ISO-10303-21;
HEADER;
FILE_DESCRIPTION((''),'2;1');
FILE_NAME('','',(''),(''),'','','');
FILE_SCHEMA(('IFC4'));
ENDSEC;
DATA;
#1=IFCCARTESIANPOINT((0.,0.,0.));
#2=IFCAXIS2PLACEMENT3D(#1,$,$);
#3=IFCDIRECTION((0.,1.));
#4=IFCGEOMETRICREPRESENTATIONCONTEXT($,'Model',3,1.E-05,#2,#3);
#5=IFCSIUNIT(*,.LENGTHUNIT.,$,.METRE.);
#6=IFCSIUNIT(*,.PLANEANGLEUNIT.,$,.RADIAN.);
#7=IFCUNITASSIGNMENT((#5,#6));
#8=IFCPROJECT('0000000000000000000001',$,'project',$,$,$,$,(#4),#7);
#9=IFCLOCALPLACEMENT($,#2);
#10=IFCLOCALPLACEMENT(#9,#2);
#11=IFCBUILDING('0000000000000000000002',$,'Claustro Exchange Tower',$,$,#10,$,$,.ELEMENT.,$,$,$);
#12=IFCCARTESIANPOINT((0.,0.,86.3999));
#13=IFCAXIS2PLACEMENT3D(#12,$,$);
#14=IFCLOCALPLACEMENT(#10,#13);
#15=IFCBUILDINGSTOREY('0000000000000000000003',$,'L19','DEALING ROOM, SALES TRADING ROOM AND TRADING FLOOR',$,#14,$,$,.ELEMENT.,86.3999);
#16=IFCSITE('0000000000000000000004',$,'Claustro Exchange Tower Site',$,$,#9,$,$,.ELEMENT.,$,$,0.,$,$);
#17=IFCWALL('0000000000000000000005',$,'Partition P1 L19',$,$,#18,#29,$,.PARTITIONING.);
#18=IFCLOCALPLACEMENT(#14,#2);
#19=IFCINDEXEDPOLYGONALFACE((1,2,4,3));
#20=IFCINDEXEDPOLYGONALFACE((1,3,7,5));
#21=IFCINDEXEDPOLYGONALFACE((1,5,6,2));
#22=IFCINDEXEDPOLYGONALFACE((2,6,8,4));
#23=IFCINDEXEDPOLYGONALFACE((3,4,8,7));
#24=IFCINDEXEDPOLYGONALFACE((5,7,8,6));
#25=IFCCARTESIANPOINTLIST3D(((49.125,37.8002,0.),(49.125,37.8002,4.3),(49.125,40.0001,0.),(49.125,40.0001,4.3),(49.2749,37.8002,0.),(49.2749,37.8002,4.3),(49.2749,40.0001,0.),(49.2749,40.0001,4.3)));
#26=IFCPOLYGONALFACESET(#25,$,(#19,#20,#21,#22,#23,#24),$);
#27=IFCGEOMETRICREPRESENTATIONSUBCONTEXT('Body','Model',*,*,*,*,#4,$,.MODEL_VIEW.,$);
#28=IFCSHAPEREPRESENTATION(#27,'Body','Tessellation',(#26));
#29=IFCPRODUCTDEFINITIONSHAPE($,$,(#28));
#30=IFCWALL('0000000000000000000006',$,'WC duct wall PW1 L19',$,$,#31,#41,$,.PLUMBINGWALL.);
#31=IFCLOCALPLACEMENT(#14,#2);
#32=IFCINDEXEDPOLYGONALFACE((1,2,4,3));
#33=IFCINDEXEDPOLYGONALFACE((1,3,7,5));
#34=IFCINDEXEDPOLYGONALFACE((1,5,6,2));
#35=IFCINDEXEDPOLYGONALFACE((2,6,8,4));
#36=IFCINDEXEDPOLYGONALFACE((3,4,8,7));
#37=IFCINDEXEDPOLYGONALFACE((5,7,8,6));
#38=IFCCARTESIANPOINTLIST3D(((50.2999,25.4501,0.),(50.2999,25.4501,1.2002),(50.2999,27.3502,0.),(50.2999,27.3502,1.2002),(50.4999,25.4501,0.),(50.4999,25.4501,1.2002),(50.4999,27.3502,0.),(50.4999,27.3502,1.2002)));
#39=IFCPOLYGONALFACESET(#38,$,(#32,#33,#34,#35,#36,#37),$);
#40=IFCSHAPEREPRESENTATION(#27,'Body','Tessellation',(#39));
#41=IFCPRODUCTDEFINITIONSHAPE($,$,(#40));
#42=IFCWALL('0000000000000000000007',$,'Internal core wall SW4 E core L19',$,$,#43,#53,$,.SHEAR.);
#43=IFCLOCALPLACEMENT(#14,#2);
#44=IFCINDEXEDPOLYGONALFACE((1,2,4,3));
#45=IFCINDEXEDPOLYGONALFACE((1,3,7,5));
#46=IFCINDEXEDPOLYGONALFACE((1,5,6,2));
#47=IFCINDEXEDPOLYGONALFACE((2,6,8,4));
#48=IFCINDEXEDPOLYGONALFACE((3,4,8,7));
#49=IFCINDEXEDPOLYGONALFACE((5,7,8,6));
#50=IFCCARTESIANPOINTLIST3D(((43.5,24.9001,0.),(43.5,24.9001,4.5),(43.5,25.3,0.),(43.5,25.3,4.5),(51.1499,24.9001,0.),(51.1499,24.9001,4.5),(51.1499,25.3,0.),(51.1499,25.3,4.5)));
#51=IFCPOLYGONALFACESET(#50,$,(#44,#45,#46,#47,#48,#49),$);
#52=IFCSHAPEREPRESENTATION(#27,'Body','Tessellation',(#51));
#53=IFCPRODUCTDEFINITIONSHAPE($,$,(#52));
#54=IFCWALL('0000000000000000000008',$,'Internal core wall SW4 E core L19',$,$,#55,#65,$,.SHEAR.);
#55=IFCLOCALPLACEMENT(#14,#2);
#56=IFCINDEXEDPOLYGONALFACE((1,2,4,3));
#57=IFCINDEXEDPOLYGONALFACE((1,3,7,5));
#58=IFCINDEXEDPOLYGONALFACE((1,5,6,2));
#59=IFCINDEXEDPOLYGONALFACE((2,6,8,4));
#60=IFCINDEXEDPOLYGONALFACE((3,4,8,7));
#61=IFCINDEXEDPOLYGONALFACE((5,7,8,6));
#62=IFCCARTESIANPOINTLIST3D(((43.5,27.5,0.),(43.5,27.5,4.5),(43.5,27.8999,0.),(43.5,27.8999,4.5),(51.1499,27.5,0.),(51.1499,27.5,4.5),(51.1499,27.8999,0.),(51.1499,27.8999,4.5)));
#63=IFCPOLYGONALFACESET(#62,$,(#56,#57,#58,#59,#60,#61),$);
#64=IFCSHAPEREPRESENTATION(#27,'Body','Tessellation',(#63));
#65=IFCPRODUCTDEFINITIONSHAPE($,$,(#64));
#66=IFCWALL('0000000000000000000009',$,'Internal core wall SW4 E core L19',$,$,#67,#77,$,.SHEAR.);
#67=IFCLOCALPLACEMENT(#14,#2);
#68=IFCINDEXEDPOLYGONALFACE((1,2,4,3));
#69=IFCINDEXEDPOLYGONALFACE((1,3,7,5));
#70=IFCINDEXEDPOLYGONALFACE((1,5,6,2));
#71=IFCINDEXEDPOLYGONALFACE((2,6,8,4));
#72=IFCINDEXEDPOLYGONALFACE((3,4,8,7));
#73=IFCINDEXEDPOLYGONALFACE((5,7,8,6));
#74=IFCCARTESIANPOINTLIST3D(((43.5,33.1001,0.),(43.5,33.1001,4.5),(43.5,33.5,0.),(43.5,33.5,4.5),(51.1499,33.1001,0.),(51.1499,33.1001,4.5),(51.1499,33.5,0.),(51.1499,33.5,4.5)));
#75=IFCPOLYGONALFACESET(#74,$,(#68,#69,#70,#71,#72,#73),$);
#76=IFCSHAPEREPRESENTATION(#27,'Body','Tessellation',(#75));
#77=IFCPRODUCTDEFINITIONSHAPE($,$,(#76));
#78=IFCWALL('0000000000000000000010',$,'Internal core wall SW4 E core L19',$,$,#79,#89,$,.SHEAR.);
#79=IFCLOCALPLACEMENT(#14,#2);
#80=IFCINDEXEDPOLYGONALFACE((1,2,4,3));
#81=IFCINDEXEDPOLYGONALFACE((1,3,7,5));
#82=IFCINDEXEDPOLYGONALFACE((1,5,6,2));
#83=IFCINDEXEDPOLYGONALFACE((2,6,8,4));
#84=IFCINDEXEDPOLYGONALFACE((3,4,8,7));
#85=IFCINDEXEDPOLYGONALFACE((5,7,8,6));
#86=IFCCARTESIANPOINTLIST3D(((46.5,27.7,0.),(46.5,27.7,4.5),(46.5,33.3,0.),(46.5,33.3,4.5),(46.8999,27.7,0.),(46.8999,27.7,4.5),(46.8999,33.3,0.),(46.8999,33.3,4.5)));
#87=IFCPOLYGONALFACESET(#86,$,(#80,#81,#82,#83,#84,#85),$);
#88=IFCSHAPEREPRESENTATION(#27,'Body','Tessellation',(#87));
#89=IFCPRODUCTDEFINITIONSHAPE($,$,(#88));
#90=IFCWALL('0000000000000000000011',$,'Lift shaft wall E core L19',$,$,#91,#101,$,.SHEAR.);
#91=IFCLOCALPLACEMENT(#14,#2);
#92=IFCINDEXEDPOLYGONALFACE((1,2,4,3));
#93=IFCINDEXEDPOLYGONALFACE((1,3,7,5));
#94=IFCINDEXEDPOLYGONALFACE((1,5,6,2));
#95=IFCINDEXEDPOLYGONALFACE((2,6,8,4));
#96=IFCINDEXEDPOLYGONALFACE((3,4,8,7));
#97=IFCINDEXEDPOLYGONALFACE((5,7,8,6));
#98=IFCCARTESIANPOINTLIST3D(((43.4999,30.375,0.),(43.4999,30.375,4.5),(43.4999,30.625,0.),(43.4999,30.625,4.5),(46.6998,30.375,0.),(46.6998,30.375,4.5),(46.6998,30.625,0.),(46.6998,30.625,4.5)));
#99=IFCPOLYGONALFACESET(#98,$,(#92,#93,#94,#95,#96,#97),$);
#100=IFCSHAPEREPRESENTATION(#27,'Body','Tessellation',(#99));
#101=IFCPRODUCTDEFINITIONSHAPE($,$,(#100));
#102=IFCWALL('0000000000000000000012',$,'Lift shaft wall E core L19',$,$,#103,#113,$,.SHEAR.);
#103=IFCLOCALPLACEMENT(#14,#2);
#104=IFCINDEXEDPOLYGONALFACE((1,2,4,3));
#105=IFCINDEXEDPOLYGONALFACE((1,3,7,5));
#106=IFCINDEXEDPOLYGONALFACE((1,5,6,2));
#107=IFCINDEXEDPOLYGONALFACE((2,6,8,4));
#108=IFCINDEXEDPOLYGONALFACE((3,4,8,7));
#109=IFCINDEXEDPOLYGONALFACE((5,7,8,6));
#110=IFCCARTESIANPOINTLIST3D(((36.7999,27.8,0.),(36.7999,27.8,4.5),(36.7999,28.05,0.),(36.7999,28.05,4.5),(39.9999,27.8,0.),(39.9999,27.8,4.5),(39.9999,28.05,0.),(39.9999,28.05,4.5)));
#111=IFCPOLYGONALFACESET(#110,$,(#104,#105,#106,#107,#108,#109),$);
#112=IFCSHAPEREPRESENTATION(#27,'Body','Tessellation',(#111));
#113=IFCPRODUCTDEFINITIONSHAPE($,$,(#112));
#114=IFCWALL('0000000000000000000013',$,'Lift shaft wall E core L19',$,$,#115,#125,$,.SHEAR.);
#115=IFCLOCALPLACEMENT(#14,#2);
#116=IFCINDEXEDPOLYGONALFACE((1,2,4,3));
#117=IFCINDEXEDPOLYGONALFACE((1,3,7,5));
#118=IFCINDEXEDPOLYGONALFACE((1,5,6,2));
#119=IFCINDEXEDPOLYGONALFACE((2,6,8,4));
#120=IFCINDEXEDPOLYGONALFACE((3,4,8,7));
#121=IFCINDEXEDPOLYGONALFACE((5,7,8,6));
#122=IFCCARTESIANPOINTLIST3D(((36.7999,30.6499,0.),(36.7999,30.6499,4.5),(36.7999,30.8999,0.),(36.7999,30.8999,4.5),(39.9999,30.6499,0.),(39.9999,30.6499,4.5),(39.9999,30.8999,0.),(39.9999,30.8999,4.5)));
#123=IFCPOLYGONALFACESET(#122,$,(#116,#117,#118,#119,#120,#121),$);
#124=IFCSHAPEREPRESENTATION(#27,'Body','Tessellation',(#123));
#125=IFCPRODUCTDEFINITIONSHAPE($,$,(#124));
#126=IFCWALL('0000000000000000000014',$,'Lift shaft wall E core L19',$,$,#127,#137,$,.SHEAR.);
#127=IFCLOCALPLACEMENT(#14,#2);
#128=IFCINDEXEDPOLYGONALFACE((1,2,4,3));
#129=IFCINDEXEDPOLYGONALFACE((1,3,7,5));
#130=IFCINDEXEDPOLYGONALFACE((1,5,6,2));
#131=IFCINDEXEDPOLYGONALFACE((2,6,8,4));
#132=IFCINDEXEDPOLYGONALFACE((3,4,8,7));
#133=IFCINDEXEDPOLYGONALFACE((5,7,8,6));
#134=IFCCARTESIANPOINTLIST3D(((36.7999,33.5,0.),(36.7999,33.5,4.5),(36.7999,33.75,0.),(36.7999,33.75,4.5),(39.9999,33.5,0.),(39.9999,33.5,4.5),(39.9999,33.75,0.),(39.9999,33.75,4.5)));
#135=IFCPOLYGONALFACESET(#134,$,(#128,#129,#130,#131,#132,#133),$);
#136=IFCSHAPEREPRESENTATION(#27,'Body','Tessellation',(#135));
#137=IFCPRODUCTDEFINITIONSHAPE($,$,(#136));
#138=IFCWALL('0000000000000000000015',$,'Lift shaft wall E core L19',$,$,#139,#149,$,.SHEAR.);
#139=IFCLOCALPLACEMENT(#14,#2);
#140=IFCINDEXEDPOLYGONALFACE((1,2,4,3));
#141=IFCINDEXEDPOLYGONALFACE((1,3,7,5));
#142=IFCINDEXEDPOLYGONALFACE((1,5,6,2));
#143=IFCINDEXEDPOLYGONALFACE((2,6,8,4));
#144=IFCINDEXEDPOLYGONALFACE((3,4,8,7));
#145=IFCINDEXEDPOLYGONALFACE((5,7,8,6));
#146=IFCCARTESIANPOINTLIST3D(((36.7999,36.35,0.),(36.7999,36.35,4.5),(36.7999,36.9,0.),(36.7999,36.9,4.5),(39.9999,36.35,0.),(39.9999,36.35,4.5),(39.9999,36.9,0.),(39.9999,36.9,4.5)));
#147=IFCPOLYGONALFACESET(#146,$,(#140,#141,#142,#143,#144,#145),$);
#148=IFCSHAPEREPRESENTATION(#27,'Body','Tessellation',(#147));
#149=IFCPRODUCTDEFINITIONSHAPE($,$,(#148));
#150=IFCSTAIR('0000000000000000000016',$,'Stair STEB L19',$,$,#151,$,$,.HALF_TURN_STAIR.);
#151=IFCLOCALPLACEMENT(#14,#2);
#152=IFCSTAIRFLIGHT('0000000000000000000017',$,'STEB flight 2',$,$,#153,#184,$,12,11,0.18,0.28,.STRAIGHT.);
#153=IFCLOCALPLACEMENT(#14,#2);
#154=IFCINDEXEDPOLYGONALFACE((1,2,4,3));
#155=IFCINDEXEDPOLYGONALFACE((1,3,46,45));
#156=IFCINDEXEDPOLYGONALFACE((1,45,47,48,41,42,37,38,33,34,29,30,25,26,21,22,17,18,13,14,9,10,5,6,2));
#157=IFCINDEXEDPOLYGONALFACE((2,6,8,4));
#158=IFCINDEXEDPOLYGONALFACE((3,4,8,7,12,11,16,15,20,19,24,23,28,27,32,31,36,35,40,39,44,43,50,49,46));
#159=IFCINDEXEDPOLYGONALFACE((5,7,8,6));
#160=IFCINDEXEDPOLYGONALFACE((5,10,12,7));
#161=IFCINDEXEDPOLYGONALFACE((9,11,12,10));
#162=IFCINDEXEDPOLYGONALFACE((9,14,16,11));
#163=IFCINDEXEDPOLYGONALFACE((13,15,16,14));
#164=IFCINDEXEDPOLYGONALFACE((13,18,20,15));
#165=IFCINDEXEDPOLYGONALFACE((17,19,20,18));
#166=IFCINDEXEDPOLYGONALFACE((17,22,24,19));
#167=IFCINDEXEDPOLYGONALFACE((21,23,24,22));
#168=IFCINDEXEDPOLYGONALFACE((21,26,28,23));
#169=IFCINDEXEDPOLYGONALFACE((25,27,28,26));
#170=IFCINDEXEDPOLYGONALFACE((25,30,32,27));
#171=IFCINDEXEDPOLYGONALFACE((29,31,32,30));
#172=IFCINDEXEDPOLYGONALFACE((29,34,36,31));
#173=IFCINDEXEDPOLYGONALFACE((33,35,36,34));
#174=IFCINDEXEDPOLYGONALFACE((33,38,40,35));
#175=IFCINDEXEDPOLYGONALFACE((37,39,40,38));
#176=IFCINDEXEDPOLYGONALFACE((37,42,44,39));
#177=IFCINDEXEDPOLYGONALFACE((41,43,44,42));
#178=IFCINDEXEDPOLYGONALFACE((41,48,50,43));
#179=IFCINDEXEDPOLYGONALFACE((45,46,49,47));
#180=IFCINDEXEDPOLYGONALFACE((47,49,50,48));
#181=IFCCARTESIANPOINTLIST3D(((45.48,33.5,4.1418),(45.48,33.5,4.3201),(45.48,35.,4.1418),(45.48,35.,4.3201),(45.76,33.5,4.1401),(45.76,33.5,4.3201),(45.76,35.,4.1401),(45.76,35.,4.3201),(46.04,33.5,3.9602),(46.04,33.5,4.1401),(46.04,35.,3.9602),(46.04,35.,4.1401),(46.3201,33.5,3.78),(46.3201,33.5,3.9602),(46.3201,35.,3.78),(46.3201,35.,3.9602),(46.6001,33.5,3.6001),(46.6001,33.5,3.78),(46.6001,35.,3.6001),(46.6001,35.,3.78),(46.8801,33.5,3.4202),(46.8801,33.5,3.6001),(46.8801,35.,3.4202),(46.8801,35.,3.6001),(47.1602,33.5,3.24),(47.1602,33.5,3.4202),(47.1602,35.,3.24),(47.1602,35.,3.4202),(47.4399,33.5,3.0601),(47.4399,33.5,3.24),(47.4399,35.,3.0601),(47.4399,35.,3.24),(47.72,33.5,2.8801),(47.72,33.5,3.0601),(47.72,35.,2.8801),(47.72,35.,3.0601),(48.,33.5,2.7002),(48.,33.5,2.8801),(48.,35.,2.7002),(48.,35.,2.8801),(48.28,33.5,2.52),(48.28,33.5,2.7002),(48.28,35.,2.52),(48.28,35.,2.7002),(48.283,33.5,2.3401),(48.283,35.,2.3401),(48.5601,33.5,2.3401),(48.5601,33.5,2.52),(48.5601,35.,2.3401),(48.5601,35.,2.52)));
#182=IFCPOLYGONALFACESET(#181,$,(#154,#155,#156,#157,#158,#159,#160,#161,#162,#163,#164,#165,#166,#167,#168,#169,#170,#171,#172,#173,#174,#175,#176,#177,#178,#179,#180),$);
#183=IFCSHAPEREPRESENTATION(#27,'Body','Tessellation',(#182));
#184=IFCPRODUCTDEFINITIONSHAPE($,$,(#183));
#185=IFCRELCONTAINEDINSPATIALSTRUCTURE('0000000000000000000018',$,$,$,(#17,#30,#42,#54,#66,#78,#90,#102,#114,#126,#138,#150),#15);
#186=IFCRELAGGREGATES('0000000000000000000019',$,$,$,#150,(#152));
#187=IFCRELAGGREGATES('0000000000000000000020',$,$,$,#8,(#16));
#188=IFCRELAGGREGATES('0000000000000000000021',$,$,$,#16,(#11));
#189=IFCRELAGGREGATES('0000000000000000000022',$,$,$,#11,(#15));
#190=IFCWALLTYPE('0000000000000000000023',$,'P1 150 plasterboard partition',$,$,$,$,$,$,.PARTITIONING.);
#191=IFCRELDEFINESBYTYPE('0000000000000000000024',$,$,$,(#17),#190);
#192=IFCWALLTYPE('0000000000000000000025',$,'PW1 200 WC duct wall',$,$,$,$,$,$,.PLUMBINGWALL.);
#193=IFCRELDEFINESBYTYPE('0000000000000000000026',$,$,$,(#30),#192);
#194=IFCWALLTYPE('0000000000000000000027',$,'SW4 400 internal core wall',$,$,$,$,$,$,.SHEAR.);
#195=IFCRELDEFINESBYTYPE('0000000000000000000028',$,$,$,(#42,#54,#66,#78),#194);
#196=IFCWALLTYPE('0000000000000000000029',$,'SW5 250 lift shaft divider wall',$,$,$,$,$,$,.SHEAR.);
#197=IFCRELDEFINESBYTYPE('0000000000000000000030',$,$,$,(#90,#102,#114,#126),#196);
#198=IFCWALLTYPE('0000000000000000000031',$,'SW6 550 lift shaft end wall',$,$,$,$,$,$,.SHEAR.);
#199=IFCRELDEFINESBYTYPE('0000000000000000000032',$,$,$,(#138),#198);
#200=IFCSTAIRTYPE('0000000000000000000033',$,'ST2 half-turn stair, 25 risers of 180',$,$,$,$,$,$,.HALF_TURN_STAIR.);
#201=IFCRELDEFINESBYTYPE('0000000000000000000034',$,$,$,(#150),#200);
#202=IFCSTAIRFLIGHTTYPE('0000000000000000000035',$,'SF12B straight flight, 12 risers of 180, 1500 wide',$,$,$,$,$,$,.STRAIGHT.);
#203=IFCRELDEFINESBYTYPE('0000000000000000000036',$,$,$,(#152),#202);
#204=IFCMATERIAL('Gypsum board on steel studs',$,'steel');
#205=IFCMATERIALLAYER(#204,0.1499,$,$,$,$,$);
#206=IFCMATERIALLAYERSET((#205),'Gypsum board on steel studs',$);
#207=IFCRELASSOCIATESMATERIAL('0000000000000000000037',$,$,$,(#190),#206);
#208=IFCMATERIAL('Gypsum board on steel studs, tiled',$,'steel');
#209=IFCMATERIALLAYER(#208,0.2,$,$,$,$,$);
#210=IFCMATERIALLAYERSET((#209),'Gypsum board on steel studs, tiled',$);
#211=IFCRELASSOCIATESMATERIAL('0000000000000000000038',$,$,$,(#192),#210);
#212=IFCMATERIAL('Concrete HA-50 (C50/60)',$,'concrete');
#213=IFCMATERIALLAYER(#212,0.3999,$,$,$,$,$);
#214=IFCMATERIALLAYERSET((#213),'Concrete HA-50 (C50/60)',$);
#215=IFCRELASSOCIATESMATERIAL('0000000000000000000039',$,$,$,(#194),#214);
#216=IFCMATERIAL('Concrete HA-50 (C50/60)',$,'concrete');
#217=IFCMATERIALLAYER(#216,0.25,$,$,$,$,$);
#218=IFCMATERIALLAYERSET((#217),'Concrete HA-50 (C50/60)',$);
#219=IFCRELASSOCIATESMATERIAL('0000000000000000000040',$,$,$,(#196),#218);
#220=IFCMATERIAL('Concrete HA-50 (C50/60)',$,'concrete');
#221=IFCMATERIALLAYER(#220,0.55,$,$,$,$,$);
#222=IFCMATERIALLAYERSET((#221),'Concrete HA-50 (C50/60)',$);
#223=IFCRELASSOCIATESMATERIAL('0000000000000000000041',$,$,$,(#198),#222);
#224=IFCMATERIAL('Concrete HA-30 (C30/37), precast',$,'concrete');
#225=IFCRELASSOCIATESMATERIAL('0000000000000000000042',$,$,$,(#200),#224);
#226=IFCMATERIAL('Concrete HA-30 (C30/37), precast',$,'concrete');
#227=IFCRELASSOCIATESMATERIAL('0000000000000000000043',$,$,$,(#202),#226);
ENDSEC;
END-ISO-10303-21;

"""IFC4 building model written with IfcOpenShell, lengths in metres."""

from ifc_helpers import new_model, si_unit, direction, frame, frame_2d, origin, place, context, subcontext, project, spatial, polyline, rectangle, outline, extrude, material, layer, layer_set, type_object, element, aggregate, save


model = new_model("IFC4")

# Units and contexts
model_context = context("Model", 3, precision=1e-05, world=origin(), true_north=direction((0.0, 1.0)))
body_context = subcontext(model_context, "Body", "Model", "MODEL_VIEW")
ifc_project = project(units=[si_unit("LENGTHUNIT", "METRE"), si_unit("PLANEANGLEUNIT", "RADIAN")], contexts=[model_context])

# Site, building, storey
site_placement = place(None, origin())
site = spatial("IfcSite", under=ifc_project, at=site_placement, Name="Claustro Exchange Tower Site", CompositionType="ELEMENT", RefElevation=0.0)
building_placement = place(site_placement, origin())
building = spatial("IfcBuilding", under=site, at=building_placement, Name="Claustro Exchange Tower", CompositionType="ELEMENT")
storey_placement = place(building_placement, frame((0.0, 0.0, 86.3999)))
storey = spatial("IfcBuildingStorey", under=building, at=storey_placement, Name="L19", Description="DEALING ROOM, SALES TRADING ROOM AND TRADING FLOOR", CompositionType="ELEMENT", Elevation=86.3999)

# Walls
ifc_material_1 = material(Name="Gypsum board on steel studs", Category="steel")
ifc_layer_1 = layer(ifc_material_1, 0.1499)
ifc_layer_set_1 = layer_set([ifc_layer_1], Name="Gypsum board on steel studs")
wall_type_1 = type_object("IfcWallType", Name="P1 150 plasterboard partition", PredefinedType="PARTITIONING", material=ifc_layer_set_1)
wall_1_placement = place(storey_placement, frame((49.2, 37.8, 0.0), z_axis=(0.0, 0.0, 1.0), x_axis=(0.0, 1.0, 0.0)))
element("IfcWall", 1, at=wall_1_placement, inside=storey, type_object=wall_type_1, Name="Partition P1 L19", PredefinedType="PARTITIONING", context=body_context, shape_type="SweptSolid", body=[
    extrude(rectangle(XDim=2.2, YDim=0.1499, at=frame_2d((1.1001, 0.0))), origin(), (0.0, 0.0, 1.0), 4.3),
])
ifc_material_2 = material(Name="Gypsum board on steel studs, tiled", Category="steel")
ifc_layer_2 = layer(ifc_material_2, 0.2)
ifc_layer_set_2 = layer_set([ifc_layer_2], Name="Gypsum board on steel studs, tiled")
wall_type_2 = type_object("IfcWallType", Name="PW1 200 WC duct wall", PredefinedType="PLUMBINGWALL", material=ifc_layer_set_2)
wall_2_placement = place(storey_placement, frame((50.3999, 25.45, 0.0), z_axis=(0.0, 0.0, 1.0), x_axis=(0.0, 1.0, 0.0)))
element("IfcWall", 2, at=wall_2_placement, inside=storey, type_object=wall_type_2, Name="WC duct wall PW1 L19", PredefinedType="PLUMBINGWALL", context=body_context, shape_type="SweptSolid", body=[
    extrude(rectangle(XDim=1.9001, YDim=0.2, at=frame_2d((0.9502, 0.0))), origin(), (0.0, 0.0, 1.0), 1.2002),
])
ifc_material_3 = material(Name="Concrete HA-50 (C50/60)", Category="concrete")
ifc_layer_3 = layer(ifc_material_3, 0.3999)
ifc_layer_set_3 = layer_set([ifc_layer_3], Name="Concrete HA-50 (C50/60)")
wall_type_3 = type_object("IfcWallType", Name="SW4 400 internal core wall", PredefinedType="SHEAR", material=ifc_layer_set_3)
for number, where, z_axis, x_axis, name in (
    (3, (51.1499, 25.1001, 0.0), (0.0, 0.0, 1.0), (-1.0, 0.0, 0.0), "Internal core wall SW4 E core L19"),
    (4, (51.1499, 27.7, 0.0), (0.0, 0.0, 1.0), (-1.0, 0.0, 0.0), "Internal core wall SW4 E core L19"),
    (5, (51.1499, 33.3, 0.0), (0.0, 0.0, 1.0), (-1.0, 0.0, 0.0), "Internal core wall SW4 E core L19"),
):
    element("IfcWall", number, at=place(storey_placement, frame(where, z_axis=z_axis, x_axis=x_axis)), inside=storey, type_object=wall_type_3, Name=name, PredefinedType="SHEAR", context=body_context, shape_type="SweptSolid", body=[
        extrude(rectangle(XDim=7.6499, YDim=0.3999, at=frame_2d((3.825, 0.0))), origin(), (0.0, 0.0, 1.0), 4.5),
    ])
wall_3_placement = place(storey_placement, frame((46.7, 27.7, 0.0), z_axis=(0.0, 0.0, 1.0), x_axis=(0.0, 1.0, 0.0)))
element("IfcWall", 6, at=wall_3_placement, inside=storey, type_object=wall_type_3, Name="Internal core wall SW4 E core L19", PredefinedType="SHEAR", context=body_context, shape_type="SweptSolid", body=[
    extrude(rectangle(XDim=5.6001, YDim=0.3999, at=frame_2d((2.8, 0.0))), origin(), (0.0, 0.0, 1.0), 4.5),
])
ifc_material_4 = material(Name="Concrete HA-50 (C50/60)", Category="concrete")
ifc_layer_4 = layer(ifc_material_4, 0.25)
ifc_layer_set_4 = layer_set([ifc_layer_4], Name="Concrete HA-50 (C50/60)")
wall_type_4 = type_object("IfcWallType", Name="SW5 250 lift shaft divider wall", PredefinedType="SHEAR", material=ifc_layer_set_4)
for number, where, z_axis, x_axis, name in (
    (7, (46.7, 30.5, 0.0), (0.0, 0.0, 1.0), (-1.0, 0.0, 0.0), "Lift shaft wall E core L19"),
    (8, (40.0, 27.925, 0.0), (0.0, 0.0, 1.0), (-1.0, 0.0, 0.0), "Lift shaft wall E core L19"),
    (9, (40.0, 30.7749, 0.0), (0.0, 0.0, 1.0), (-1.0, 0.0, 0.0), "Lift shaft wall E core L19"),
    (10, (40.0, 33.625, 0.0), (0.0, 0.0, 1.0), (-1.0, 0.0, 0.0), "Lift shaft wall E core L19"),
):
    element("IfcWall", number, at=place(storey_placement, frame(where, z_axis=z_axis, x_axis=x_axis)), inside=storey, type_object=wall_type_4, Name=name, PredefinedType="SHEAR", context=body_context, shape_type="SweptSolid", body=[
        extrude(rectangle(XDim=3.2, YDim=0.25, at=frame_2d((1.6001, 0.0))), origin(), (0.0, 0.0, 1.0), 4.5),
    ])
ifc_material_5 = material(Name="Concrete HA-50 (C50/60)", Category="concrete")
ifc_layer_5 = layer(ifc_material_5, 0.55)
ifc_layer_set_5 = layer_set([ifc_layer_5], Name="Concrete HA-50 (C50/60)")
wall_type_5 = type_object("IfcWallType", Name="SW6 550 lift shaft end wall", PredefinedType="SHEAR", material=ifc_layer_set_5)
wall_4_placement = place(storey_placement, frame((40.0, 36.625, 0.0), z_axis=(0.0, 0.0, 1.0), x_axis=(-1.0, 0.0, 0.0)))
element("IfcWall", 11, at=wall_4_placement, inside=storey, type_object=wall_type_5, Name="Lift shaft wall E core L19", PredefinedType="SHEAR", context=body_context, shape_type="SweptSolid", body=[
    extrude(rectangle(XDim=3.2, YDim=0.55, at=frame_2d((1.6001, 0.0))), origin(), (0.0, 0.0, 1.0), 4.5),
])

# Stair, stair flight
ifc_material_6 = material(Name="Concrete HA-30 (C30/37), precast", Category="concrete")
stair_type = type_object("IfcStairType", Name="ST2 half-turn stair, 25 risers of 180", PredefinedType="HALF_TURN_STAIR", material=ifc_material_6)
stair_placement = place(storey_placement, origin())
stair = element("IfcStair", 12, at=stair_placement, inside=storey, type_object=stair_type, Name="Stair STEB L19", PredefinedType="HALF_TURN_STAIR")
ifc_material_7 = material(Name="Concrete HA-30 (C30/37), precast", Category="concrete")
stair_flight_type_1 = type_object("IfcStairFlightType", Name="SF12B straight flight, 12 risers of 180, 1500 wide", PredefinedType="STRAIGHT", material=ifc_material_7)
stair_flight_1_placement = place(storey_placement, frame((48.5601, 34.25, 2.3401), z_axis=(0.0, 0.0, 1.0), x_axis=(-1.0, 0.0, 0.0)))
stair_flight_1 = element("IfcStairFlight", 13, at=stair_flight_1_placement, type_object=stair_flight_type_1, Name="STEB flight 2", NumberOfRisers=12, NumberOfTreads=11, PredefinedType="STRAIGHT", RiserHeight=0.18, TreadLength=0.28, context=body_context, shape_type="SweptSolid", body=[
    extrude(outline(polyline([(0.0, 0.0), (0.0, 0.1799), (0.28, 0.1799), (0.28, 0.3601), (0.5601, 0.3601), (0.5601, 0.54), (0.8401, 0.54), (0.8401, 0.72), (1.1201, 0.72), (1.1201, 0.8999), (1.3999, 0.8999), (1.3999, 1.0801), (1.6799, 1.0801), (1.6799, 1.26), (1.96, 1.26), (1.96, 1.4399), (2.24, 1.4399), (2.24, 1.6201), (2.52, 1.6201), (2.52, 1.8), (2.8, 1.8), (2.8, 1.98), (3.0801, 1.98), (3.0801, 2.1599), (3.0801, 1.8018), (0.2771, 0.0), (0.0, 0.0)])), frame((0.0, 0.75, 0.0), z_axis=(0.0, -1.0, 0.0), x_axis=(1.0, 0.0, 0.0)), (0.0, 0.0, 1.0), 1.5),
])
aggregate(stair, [stair_flight_1])

save(model, "model.ifc")
